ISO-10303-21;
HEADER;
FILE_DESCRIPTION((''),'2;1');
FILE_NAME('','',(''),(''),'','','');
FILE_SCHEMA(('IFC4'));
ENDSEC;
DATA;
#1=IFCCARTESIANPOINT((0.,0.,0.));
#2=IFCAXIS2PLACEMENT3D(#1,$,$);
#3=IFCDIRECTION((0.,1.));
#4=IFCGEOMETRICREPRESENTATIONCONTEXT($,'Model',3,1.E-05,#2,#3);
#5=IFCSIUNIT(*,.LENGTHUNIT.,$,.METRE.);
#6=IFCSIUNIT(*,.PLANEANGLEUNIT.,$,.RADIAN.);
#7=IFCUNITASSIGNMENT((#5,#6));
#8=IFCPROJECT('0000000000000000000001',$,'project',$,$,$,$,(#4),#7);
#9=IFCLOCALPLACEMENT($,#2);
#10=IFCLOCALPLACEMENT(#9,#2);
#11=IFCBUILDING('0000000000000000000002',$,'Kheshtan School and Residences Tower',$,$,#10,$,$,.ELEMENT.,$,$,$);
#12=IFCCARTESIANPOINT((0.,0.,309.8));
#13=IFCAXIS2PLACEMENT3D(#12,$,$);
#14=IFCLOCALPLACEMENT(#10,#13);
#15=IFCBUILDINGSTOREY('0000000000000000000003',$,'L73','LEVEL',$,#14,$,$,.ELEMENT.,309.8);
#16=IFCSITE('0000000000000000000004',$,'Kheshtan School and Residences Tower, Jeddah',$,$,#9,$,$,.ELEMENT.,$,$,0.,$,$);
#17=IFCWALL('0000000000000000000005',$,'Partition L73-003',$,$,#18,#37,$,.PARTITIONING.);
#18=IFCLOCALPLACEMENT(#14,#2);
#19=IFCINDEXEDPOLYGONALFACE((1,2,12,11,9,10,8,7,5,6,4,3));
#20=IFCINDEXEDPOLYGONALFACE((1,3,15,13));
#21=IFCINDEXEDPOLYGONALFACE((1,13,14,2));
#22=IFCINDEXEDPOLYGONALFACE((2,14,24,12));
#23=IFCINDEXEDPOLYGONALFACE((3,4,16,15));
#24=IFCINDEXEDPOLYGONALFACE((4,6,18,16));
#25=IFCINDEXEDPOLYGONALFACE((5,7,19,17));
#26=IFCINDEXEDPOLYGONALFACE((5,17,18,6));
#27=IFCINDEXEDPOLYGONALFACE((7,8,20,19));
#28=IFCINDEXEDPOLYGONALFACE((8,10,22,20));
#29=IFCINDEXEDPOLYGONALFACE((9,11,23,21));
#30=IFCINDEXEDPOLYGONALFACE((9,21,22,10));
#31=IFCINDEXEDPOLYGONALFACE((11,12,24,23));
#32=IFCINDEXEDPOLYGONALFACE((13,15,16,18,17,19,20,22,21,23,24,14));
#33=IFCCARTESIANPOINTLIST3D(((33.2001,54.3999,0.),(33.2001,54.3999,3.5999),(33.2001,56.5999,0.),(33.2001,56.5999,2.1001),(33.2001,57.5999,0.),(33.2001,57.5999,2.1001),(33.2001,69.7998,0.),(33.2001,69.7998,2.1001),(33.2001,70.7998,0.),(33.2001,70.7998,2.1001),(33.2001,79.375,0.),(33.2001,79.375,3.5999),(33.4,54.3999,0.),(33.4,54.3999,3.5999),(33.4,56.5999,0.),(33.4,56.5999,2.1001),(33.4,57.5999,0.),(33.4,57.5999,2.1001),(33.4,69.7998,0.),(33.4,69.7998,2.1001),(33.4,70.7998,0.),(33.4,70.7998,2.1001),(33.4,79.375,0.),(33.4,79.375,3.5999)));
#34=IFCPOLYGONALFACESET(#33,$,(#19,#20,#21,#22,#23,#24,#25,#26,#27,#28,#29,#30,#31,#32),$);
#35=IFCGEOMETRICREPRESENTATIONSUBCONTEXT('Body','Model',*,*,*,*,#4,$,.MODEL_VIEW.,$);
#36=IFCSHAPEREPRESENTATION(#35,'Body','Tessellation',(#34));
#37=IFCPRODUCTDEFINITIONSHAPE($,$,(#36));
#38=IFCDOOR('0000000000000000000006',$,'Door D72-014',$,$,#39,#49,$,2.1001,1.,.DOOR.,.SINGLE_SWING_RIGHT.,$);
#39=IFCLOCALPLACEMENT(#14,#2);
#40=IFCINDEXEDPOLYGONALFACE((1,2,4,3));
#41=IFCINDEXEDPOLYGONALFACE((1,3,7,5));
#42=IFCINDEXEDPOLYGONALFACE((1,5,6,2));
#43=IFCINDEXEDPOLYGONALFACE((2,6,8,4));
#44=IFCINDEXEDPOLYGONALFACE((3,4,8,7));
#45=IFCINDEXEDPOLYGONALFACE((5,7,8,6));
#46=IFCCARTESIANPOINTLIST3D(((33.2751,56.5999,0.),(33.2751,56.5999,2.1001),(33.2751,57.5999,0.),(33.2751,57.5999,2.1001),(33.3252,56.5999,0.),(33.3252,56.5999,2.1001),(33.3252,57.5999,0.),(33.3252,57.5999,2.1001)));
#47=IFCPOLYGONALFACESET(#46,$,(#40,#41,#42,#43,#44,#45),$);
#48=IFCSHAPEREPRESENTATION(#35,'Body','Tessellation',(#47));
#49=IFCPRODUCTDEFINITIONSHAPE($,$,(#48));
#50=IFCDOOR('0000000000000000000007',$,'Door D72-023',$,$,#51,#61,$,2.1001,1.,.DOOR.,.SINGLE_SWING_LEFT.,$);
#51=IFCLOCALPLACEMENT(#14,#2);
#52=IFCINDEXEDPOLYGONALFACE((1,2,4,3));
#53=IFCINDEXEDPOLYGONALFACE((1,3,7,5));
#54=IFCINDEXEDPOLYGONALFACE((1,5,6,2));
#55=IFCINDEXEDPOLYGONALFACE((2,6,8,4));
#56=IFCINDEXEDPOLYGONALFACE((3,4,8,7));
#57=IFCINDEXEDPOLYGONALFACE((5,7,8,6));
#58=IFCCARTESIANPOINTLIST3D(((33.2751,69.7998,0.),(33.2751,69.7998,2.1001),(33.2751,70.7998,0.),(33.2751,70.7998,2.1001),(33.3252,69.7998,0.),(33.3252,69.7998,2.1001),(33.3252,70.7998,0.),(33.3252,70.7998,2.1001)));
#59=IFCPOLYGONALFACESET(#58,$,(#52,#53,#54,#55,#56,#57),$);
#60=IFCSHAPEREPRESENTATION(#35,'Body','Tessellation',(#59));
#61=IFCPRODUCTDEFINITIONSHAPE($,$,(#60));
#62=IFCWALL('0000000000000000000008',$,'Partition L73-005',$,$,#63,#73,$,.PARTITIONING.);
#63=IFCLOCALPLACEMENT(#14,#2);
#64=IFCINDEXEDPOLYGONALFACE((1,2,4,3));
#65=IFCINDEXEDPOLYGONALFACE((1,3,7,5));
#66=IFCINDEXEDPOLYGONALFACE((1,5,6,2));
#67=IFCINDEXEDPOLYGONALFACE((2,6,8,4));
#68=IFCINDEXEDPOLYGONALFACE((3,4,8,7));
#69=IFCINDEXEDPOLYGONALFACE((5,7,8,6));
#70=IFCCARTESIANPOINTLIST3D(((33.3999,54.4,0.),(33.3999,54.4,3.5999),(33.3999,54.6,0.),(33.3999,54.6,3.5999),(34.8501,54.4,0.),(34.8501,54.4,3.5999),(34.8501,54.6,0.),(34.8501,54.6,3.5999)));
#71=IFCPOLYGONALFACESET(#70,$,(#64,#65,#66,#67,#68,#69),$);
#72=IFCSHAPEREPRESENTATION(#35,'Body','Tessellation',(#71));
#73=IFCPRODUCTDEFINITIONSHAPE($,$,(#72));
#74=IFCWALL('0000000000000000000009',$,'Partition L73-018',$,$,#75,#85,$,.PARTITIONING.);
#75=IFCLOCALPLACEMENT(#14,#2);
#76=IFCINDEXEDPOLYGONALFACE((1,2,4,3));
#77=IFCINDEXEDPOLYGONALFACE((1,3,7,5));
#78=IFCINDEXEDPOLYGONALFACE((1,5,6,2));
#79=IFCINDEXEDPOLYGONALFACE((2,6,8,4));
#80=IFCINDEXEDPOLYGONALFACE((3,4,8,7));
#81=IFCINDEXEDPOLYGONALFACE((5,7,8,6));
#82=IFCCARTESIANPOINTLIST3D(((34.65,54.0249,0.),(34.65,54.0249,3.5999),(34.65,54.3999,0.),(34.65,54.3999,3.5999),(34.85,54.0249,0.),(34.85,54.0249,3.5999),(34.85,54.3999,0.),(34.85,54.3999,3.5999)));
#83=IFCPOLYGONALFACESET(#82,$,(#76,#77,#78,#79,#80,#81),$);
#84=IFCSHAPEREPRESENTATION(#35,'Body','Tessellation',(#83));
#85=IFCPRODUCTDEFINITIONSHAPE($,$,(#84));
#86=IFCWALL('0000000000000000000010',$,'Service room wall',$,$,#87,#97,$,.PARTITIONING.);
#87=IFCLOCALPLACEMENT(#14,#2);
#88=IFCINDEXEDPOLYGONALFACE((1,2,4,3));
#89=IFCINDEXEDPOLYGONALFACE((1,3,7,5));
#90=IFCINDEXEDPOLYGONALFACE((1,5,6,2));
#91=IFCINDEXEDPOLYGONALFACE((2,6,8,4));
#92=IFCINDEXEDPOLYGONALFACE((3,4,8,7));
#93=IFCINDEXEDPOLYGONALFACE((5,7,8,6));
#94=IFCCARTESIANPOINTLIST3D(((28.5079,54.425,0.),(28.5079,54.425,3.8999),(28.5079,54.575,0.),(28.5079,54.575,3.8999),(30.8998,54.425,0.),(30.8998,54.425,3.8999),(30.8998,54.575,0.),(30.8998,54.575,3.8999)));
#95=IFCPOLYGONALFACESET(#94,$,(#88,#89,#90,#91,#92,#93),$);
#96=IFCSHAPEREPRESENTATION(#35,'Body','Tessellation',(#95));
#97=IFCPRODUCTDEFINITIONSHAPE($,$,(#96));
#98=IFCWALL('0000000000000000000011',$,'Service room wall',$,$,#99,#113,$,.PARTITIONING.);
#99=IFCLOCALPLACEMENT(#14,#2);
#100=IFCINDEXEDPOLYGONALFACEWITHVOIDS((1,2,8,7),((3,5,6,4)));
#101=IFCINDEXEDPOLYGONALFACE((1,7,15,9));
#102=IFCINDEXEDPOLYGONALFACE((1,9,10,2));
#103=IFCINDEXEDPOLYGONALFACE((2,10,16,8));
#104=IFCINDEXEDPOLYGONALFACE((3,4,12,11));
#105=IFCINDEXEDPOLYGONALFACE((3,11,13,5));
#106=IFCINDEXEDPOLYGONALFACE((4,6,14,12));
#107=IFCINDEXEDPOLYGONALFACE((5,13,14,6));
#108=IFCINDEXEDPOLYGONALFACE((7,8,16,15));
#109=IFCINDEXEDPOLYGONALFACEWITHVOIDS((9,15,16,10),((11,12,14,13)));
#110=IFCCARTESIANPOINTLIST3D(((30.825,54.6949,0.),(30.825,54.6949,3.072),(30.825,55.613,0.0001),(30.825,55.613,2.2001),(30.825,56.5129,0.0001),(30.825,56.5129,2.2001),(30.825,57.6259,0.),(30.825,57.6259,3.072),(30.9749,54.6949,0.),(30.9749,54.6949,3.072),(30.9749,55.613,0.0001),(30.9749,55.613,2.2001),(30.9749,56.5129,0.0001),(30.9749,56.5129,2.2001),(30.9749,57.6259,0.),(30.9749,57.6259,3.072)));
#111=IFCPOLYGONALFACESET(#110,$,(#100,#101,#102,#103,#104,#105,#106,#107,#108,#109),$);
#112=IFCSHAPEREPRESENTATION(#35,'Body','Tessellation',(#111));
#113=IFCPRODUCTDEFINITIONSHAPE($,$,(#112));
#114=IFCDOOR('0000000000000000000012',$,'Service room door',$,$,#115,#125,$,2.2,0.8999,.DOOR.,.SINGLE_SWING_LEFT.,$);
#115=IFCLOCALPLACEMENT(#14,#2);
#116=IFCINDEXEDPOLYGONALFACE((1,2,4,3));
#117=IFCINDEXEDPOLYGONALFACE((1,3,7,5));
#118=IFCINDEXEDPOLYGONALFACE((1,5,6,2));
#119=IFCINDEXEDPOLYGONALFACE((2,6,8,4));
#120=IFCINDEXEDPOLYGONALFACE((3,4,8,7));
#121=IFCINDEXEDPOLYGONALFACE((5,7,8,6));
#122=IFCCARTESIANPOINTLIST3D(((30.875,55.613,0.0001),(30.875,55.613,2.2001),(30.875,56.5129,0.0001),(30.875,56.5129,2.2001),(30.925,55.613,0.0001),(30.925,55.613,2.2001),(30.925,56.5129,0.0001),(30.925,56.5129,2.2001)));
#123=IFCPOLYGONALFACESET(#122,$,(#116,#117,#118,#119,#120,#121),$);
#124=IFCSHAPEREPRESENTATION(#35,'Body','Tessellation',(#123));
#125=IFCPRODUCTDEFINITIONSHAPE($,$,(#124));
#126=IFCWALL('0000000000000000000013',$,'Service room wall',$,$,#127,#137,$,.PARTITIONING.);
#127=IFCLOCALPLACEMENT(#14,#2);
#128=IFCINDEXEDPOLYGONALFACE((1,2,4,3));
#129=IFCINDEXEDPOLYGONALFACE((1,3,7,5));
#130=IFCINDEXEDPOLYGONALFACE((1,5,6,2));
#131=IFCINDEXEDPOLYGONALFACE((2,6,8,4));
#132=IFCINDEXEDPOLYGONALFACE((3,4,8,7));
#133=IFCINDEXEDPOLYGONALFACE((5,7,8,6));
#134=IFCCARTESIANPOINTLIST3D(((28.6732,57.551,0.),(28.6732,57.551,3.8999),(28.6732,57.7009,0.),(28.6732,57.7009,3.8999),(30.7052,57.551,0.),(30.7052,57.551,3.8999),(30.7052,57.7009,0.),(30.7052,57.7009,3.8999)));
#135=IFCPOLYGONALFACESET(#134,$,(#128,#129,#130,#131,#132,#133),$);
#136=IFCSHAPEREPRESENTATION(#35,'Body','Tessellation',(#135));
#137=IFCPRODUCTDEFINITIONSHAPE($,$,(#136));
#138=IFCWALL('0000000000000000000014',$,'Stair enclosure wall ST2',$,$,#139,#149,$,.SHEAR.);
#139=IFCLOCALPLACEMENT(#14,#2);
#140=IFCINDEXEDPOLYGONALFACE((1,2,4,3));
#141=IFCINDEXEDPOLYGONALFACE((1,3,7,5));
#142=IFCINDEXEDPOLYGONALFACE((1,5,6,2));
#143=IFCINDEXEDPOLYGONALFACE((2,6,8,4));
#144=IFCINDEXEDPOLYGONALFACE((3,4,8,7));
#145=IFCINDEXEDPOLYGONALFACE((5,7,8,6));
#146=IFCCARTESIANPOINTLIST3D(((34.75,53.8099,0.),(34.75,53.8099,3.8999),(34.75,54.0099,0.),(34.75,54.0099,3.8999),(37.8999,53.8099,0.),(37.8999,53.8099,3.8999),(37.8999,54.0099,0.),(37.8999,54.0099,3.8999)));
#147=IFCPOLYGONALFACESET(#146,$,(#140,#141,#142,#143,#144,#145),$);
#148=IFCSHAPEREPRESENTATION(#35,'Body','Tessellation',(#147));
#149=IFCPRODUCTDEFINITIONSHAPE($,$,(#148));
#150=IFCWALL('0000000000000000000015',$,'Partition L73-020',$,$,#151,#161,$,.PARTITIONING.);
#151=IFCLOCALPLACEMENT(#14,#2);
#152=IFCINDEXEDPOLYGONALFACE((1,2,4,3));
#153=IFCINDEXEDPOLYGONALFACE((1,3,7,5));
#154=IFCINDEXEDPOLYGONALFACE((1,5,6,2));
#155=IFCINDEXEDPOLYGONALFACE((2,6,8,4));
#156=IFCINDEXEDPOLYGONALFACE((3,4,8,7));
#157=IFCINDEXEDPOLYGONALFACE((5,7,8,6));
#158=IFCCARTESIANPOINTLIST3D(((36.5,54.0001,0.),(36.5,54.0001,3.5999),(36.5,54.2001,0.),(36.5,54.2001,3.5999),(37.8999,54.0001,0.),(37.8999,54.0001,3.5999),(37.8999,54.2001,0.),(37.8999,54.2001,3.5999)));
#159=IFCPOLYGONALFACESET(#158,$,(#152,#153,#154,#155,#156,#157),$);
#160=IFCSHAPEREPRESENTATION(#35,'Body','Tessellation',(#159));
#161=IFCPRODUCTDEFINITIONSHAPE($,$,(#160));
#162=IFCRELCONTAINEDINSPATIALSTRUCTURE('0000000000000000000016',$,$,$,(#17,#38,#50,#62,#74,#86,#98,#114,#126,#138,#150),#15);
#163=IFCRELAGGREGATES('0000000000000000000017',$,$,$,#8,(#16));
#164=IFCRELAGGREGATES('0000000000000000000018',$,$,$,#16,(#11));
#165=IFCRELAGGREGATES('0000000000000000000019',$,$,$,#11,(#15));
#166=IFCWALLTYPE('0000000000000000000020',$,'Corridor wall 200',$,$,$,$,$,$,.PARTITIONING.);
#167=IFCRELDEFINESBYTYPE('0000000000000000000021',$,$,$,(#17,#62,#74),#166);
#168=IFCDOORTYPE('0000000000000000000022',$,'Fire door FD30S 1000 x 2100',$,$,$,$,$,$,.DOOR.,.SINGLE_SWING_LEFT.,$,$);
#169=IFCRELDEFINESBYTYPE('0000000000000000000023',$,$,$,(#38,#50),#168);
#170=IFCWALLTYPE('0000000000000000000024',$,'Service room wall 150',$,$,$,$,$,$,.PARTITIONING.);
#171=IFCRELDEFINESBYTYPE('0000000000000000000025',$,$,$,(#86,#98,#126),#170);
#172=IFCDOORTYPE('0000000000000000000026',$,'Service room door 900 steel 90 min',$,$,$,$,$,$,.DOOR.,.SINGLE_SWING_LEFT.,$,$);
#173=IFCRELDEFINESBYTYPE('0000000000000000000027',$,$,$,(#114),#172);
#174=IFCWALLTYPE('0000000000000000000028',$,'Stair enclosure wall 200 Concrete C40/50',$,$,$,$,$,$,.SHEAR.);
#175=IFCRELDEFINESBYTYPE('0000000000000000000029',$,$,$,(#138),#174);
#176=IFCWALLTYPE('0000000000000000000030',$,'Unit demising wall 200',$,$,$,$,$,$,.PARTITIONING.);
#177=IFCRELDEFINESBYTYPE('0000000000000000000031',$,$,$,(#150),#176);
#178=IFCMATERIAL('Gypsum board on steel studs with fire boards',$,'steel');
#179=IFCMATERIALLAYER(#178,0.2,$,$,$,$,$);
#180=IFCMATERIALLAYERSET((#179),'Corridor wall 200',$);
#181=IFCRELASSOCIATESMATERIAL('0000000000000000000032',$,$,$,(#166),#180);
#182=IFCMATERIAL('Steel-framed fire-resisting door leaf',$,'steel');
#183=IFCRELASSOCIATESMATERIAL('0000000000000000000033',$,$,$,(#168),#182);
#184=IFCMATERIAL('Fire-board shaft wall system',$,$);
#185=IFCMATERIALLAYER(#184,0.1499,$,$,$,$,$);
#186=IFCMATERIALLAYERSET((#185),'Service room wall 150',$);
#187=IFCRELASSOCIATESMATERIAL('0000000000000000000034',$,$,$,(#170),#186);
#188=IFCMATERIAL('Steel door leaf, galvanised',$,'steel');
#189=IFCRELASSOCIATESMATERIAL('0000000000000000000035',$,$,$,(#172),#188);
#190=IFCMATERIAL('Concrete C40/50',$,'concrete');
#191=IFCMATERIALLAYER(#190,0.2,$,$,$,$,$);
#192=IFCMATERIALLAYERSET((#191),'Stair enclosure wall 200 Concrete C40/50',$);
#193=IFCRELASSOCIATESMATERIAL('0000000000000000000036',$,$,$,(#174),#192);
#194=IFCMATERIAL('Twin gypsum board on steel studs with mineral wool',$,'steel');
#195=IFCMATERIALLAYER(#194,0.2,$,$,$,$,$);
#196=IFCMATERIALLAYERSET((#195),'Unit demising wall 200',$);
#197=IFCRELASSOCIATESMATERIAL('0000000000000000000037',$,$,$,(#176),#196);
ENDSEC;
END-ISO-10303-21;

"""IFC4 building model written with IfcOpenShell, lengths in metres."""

from ifc_helpers import new_model, si_unit, direction, frame, frame_2d, origin, place, context, subcontext, project, spatial, rectangle, extrude, source, transform, mapped, material, layer, layer_set, type_object, element, fill, save


model = new_model("IFC4")

# Units and contexts
model_context = context("Model", 3, precision=1e-05, world=origin(), true_north=direction((0.0, 1.0)))
body_context = subcontext(model_context, "Body", "Model", "MODEL_VIEW")
ifc_project = project(units=[si_unit("LENGTHUNIT", "METRE"), si_unit("PLANEANGLEUNIT", "RADIAN")], contexts=[model_context])

# Site, building, storey
site_placement = place(None, origin())
site = spatial("IfcSite", under=ifc_project, at=site_placement, Name="Kheshtan School and Residences Tower, Jeddah", CompositionType="ELEMENT", RefElevation=0.0)
building_placement = place(site_placement, origin())
building = spatial("IfcBuilding", under=site, at=building_placement, Name="Kheshtan School and Residences Tower", CompositionType="ELEMENT")
storey_placement = place(building_placement, frame((0.0, 0.0, 309.8)))
storey = spatial("IfcBuildingStorey", under=building, at=storey_placement, Name="L73", Description="LEVEL", CompositionType="ELEMENT", Elevation=309.8)

# Wall, openings, doors
ifc_material_1 = material(Name="Gypsum board on steel studs with fire boards", Category="steel")
ifc_layer_1 = layer(ifc_material_1, 0.2)
ifc_layer_set_1 = layer_set([ifc_layer_1], Name="Corridor wall 200")
wall_type_1 = type_object("IfcWallType", Name="Corridor wall 200", PredefinedType="PARTITIONING", material=ifc_layer_set_1)
wall_1_placement = place(storey_placement, frame((33.3, 54.3999, 0.0), z_axis=(0.0, 0.0, 1.0), x_axis=(0.0, 1.0, 0.0)))
wall_1 = element("IfcWall", 1, at=wall_1_placement, inside=storey, type_object=wall_type_1, Name="Partition L73-003", PredefinedType="PARTITIONING", context=body_context, shape_type="SweptSolid", body=[
    extrude(rectangle(XDim=24.9751, YDim=0.2, at=frame_2d((12.4875, 0.0))), origin(), (0.0, 0.0, 1.0), 3.5999),
])
opening_1_placement = place(wall_1_placement, frame((2.2, 0.0, 0.0)))
opening_1 = element("IfcOpeningElement", 2, at=opening_1_placement, cuts=wall_1, PredefinedType="OPENING", context=body_context, shape_type="SweptSolid", body=[
    extrude(rectangle(XDim=1.0, YDim=2.1001, at=frame_2d((0.5, 1.05))), frame((0.0, 0.1099, 0.0), z_axis=(0.0, -1.0, 0.0), x_axis=(1.0, 0.0, 0.0)), (0.0, 0.0, 1.0), 0.22),
])
opening_2_placement = place(wall_1_placement, frame((15.3999, 0.0, 0.0)))
opening_2 = element("IfcOpeningElement", 3, at=opening_2_placement, cuts=wall_1, PredefinedType="OPENING", context=body_context, shape_type="SweptSolid", body=[
    extrude(rectangle(XDim=1.0, YDim=2.1001, at=frame_2d((0.5, 1.05))), frame((0.0, 0.1099, 0.0), z_axis=(0.0, -1.0, 0.0), x_axis=(1.0, 0.0, 0.0)), (0.0, 0.0, 1.0), 0.22),
])
ifc_material_2 = material(Name="Steel-framed fire-resisting door leaf", Category="steel")
door_type_1 = type_object("IfcDoorType", Name="Fire door FD30S 1000 x 2100", OperationType="SINGLE_SWING_LEFT", PredefinedType="DOOR", material=ifc_material_2)
shared_shape_1 = source(origin(), body_context, "Body", "SweptSolid", [
    extrude(rectangle(XDim=1.0, YDim=2.1001, at=frame_2d((0.5, 1.05))), frame((0.0, 0.0249, 0.0), z_axis=(0.0, -1.0, 0.0), x_axis=(1.0, 0.0, 0.0)), (0.0, 0.0, 1.0), 0.05),
])
door_1_placement = place(opening_1_placement, origin())
door_1 = element("IfcDoor", 4, at=door_1_placement, inside=storey, type_object=door_type_1, Name="Door D72-014", OperationType="SINGLE_SWING_RIGHT", OverallHeight=2.1001, OverallWidth=1.0, PredefinedType="DOOR", context=body_context, shape_type="MappedRepresentation", body=[
    mapped(shared_shape_1, transform((0.0, 0.0, 0.0), x_axis=(1.0, 0.0, 0.0), y_axis=(0.0, 1.0, 0.0), z_axis=(0.0, 0.0, 1.0), scale=1.0)),
])
fill(opening_1, door_1)
door_2_placement = place(opening_2_placement, origin())
door_2 = element("IfcDoor", 5, at=door_2_placement, inside=storey, type_object=door_type_1, Name="Door D72-023", OperationType="SINGLE_SWING_LEFT", OverallHeight=2.1001, OverallWidth=1.0, PredefinedType="DOOR", context=body_context, shape_type="MappedRepresentation", body=[
    mapped(shared_shape_1, transform((0.0, 0.0, 0.0), x_axis=(1.0, 0.0, 0.0), y_axis=(0.0, 1.0, 0.0), z_axis=(0.0, 0.0, 1.0), scale=1.0)),
])
fill(opening_2, door_2)

# Walls
wall_2_placement = place(storey_placement, frame((33.3999, 54.5, 0.0), z_axis=(0.0, 0.0, 1.0), x_axis=(1.0, 0.0, 0.0)))
element("IfcWall", 6, at=wall_2_placement, inside=storey, type_object=wall_type_1, Name="Partition L73-005", PredefinedType="PARTITIONING", context=body_context, shape_type="SweptSolid", body=[
    extrude(rectangle(XDim=1.4502, YDim=0.2, at=frame_2d((0.7251, 0.0))), origin(), (0.0, 0.0, 1.0), 3.5999),
])
wall_3_placement = place(storey_placement, frame((34.75, 54.0249, 0.0), z_axis=(0.0, 0.0, 1.0), x_axis=(0.0, 1.0, 0.0)))
element("IfcWall", 7, at=wall_3_placement, inside=storey, type_object=wall_type_1, Name="Partition L73-018", PredefinedType="PARTITIONING", context=body_context, shape_type="SweptSolid", body=[
    extrude(rectangle(XDim=0.375, YDim=0.2, at=frame_2d((0.1875, 0.0))), origin(), (0.0, 0.0, 1.0), 3.5999),
])
ifc_material_3 = material(Name="Fire-board shaft wall system")
ifc_layer_2 = layer(ifc_material_3, 0.1499)
ifc_layer_set_2 = layer_set([ifc_layer_2], Name="Service room wall 150")
wall_type_2 = type_object("IfcWallType", Name="Service room wall 150", PredefinedType="PARTITIONING", material=ifc_layer_set_2)
wall_4_placement = place(storey_placement, frame((28.5081, 54.5, 0.0), z_axis=(0.0, 0.0, 1.0), x_axis=(1.0, 0.0, 0.0)))
element("IfcWall", 8, at=wall_4_placement, inside=storey, type_object=wall_type_2, Name="Service room wall", PredefinedType="PARTITIONING", context=body_context, shape_type="SweptSolid", body=[
    extrude(rectangle(XDim=2.3918, YDim=0.1499, at=frame_2d((1.1958, 0.0))), origin(), (0.0, 0.0, 1.0), 3.8999),
])

# Wall, opening, door
wall_5_placement = place(storey_placement, frame((30.8999, 54.6951, 0.0), z_axis=(0.0, 0.0, 1.0), x_axis=(0.0, 1.0, 0.0)))
wall_5 = element("IfcWall", 9, at=wall_5_placement, inside=storey, type_object=wall_type_2, Name="Service room wall", PredefinedType="PARTITIONING", context=body_context, shape_type="SweptSolid", body=[
    extrude(rectangle(XDim=2.9309, YDim=0.1499, at=frame_2d((1.4653, 0.0))), origin(), (0.0, 0.0, 1.0), 3.072),
])
opening_3_placement = place(wall_5_placement, frame((0.918, 0.0, 0.0)))
opening_3 = element("IfcOpeningElement", 10, at=opening_3_placement, cuts=wall_5, PredefinedType="OPENING", context=body_context, shape_type="SweptSolid", body=[
    extrude(rectangle(XDim=0.8999, YDim=2.2, at=frame_2d((0.45, 1.1001))), frame((0.0, 0.085, 0.0), z_axis=(0.0, -1.0, 0.0), x_axis=(1.0, 0.0, 0.0)), (0.0, 0.0, 1.0), 0.1699),
])
ifc_material_4 = material(Name="Steel door leaf, galvanised", Category="steel")
door_type_2 = type_object("IfcDoorType", Name="Service room door 900 steel 90 min", OperationType="SINGLE_SWING_LEFT", PredefinedType="DOOR", material=ifc_material_4)
shared_shape_2 = source(origin(), body_context, "Body", "SweptSolid", [
    extrude(rectangle(XDim=0.8999, YDim=2.2, at=frame_2d((0.45, 1.1001))), frame((0.0, 0.0249, 0.0), z_axis=(0.0, -1.0, 0.0), x_axis=(1.0, 0.0, 0.0)), (0.0, 0.0, 1.0), 0.05),
])
door_3_placement = place(opening_3_placement, origin())
door_3 = element("IfcDoor", 11, at=door_3_placement, inside=storey, type_object=door_type_2, Name="Service room door", OperationType="SINGLE_SWING_LEFT", OverallHeight=2.2, OverallWidth=0.8999, PredefinedType="DOOR", context=body_context, shape_type="MappedRepresentation", body=[
    mapped(shared_shape_2, transform((0.0, 0.0, 0.0), x_axis=(1.0, 0.0, 0.0), y_axis=(0.0, 1.0, 0.0), z_axis=(0.0, 0.0, 1.0), scale=1.0)),
])
fill(opening_3, door_3)

# Walls
wall_6_placement = place(storey_placement, frame((28.6731, 57.626, 0.0), z_axis=(0.0, 0.0, 1.0), x_axis=(1.0, 0.0, 0.0)))
element("IfcWall", 12, at=wall_6_placement, inside=storey, type_object=wall_type_2, Name="Service room wall", PredefinedType="PARTITIONING", context=body_context, shape_type="SweptSolid", body=[
    extrude(rectangle(XDim=2.032, YDim=0.1499, at=frame_2d((1.0161, 0.0))), origin(), (0.0, 0.0, 1.0), 3.8999),
])
ifc_material_5 = material(Name="Concrete C40/50", Category="concrete")
ifc_layer_3 = layer(ifc_material_5, 0.2)
ifc_layer_set_3 = layer_set([ifc_layer_3], Name="Stair enclosure wall 200 Concrete C40/50")
wall_type_3 = type_object("IfcWallType", Name="Stair enclosure wall 200 Concrete C40/50", PredefinedType="SHEAR", material=ifc_layer_set_3)
wall_7_placement = place(storey_placement, frame((34.75, 53.9099, 0.0), z_axis=(0.0, 0.0, 1.0), x_axis=(1.0, 0.0, 0.0)))
element("IfcWall", 13, at=wall_7_placement, inside=storey, type_object=wall_type_3, Name="Stair enclosure wall ST2", PredefinedType="SHEAR", context=body_context, shape_type="SweptSolid", body=[
    extrude(rectangle(XDim=3.1499, YDim=0.2, at=frame_2d((1.575, 0.0))), origin(), (0.0, 0.0, 1.0), 3.8999),
])
ifc_material_6 = material(Name="Twin gypsum board on steel studs with mineral wool", Category="steel")
ifc_layer_4 = layer(ifc_material_6, 0.2)
ifc_layer_set_4 = layer_set([ifc_layer_4], Name="Unit demising wall 200")
wall_type_4 = type_object("IfcWallType", Name="Unit demising wall 200", PredefinedType="PARTITIONING", material=ifc_layer_set_4)
wall_8_placement = place(storey_placement, frame((36.5, 54.1001, 0.0), z_axis=(0.0, 0.0, 1.0), x_axis=(1.0, 0.0, 0.0)))
element("IfcWall", 14, at=wall_8_placement, inside=storey, type_object=wall_type_4, Name="Partition L73-020", PredefinedType="PARTITIONING", context=body_context, shape_type="SweptSolid", body=[
    extrude(rectangle(XDim=1.3999, YDim=0.2, at=frame_2d((0.7, 0.0))), origin(), (0.0, 0.0, 1.0), 3.5999),
])

save(model, "model.ifc")
